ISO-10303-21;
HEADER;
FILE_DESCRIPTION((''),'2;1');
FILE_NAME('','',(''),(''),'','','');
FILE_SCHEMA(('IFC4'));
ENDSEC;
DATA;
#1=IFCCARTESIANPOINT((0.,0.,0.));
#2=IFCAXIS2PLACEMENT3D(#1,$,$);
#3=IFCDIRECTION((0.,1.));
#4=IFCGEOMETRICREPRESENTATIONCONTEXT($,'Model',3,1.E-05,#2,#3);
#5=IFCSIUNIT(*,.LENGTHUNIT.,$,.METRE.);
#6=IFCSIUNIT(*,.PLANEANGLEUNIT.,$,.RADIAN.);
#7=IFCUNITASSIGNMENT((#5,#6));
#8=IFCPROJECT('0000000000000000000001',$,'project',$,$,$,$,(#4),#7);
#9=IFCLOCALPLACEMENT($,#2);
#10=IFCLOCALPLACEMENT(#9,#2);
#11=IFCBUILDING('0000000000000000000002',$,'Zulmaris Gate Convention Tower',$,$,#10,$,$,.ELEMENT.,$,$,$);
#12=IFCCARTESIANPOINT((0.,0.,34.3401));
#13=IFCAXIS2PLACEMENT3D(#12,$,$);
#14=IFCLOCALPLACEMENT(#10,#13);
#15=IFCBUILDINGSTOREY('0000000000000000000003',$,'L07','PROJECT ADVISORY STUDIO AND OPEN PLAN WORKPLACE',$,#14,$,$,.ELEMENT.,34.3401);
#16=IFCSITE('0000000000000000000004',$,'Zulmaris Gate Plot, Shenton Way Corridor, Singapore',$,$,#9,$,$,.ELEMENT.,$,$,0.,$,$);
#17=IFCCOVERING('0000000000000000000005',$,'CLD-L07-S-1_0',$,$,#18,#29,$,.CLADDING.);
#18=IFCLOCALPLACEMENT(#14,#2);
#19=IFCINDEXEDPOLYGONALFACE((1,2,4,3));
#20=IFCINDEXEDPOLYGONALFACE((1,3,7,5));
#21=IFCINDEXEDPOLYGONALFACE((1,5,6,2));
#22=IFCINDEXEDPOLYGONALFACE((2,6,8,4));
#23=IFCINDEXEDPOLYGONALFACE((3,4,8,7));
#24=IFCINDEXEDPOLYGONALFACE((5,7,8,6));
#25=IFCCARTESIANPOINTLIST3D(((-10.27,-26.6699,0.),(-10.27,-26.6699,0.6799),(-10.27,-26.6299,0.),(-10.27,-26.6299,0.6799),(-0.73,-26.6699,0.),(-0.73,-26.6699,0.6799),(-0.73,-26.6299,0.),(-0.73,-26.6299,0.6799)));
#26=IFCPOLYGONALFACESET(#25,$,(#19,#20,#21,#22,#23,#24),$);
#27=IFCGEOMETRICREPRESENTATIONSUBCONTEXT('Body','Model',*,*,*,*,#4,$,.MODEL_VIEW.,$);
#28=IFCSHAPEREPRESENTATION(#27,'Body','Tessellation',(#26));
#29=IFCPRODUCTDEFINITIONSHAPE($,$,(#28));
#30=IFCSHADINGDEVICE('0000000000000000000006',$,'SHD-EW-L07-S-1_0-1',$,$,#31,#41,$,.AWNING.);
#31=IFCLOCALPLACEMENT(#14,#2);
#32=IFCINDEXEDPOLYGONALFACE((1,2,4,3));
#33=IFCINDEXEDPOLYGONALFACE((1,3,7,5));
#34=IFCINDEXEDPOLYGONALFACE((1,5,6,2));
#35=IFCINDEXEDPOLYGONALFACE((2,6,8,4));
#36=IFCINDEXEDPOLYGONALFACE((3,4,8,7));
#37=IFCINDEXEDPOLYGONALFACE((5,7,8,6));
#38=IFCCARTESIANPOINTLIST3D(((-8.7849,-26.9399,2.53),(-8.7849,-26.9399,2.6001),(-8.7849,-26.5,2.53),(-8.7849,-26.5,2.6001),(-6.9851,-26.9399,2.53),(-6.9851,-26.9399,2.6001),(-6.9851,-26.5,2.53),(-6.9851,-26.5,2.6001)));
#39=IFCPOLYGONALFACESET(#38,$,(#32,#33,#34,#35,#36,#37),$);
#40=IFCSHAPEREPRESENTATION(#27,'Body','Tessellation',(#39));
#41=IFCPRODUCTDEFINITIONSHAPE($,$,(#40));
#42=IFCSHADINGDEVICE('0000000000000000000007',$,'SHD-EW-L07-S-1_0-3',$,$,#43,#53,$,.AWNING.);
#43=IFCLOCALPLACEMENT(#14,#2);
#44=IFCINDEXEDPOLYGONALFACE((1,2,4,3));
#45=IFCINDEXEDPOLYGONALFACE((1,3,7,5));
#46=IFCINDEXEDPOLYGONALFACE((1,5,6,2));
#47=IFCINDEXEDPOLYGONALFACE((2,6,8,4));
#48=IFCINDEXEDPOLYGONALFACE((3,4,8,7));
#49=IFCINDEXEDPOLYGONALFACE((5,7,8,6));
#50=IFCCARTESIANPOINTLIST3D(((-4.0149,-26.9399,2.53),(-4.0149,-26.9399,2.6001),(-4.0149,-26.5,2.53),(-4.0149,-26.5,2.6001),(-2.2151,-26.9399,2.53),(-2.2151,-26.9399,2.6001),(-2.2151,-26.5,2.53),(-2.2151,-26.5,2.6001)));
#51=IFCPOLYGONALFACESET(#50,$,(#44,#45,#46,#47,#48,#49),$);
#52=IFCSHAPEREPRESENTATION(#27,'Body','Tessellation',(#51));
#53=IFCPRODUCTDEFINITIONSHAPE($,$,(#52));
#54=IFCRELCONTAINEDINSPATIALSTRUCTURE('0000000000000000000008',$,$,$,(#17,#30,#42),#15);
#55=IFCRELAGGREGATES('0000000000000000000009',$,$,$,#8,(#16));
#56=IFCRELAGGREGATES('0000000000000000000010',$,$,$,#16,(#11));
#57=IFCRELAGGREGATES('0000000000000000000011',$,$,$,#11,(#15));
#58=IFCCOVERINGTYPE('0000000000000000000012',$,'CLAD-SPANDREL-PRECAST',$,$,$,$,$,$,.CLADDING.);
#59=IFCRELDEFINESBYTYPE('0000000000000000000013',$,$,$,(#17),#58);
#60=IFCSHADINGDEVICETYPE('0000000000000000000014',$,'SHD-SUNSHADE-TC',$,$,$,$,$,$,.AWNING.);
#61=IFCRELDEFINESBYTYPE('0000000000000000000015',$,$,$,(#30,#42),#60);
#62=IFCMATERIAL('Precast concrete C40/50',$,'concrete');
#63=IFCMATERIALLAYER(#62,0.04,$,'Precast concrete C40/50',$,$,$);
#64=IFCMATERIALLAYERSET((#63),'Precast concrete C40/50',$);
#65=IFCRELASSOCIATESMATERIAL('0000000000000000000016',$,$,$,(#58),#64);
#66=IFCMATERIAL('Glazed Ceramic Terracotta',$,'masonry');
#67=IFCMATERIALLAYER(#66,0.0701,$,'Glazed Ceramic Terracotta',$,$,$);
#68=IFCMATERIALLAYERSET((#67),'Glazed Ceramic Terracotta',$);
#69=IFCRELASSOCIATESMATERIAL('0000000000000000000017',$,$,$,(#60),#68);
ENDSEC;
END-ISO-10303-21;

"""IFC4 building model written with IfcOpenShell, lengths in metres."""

from ifc_helpers import new_model, si_unit, direction, frame, frame_2d, origin, place, context, subcontext, project, spatial, rectangle, extrude, material, layer, layer_set, type_object, element, save


model = new_model("IFC4")

# Units and contexts
model_context = context("Model", 3, precision=1e-05, world=origin(), true_north=direction((0.0, 1.0)))
body_context = subcontext(model_context, "Body", "Model", "MODEL_VIEW")
ifc_project = project(units=[si_unit("LENGTHUNIT", "METRE"), si_unit("PLANEANGLEUNIT", "RADIAN")], contexts=[model_context])

# Site, building, storey
site_placement = place(None, origin())
site = spatial("IfcSite", under=ifc_project, at=site_placement, Name="Zulmaris Gate Plot, Shenton Way Corridor, Singapore", CompositionType="ELEMENT", RefElevation=0.0)
building_placement = place(site_placement, origin())
building = spatial("IfcBuilding", under=site, at=building_placement, Name="Zulmaris Gate Convention Tower", CompositionType="ELEMENT")
storey_placement = place(building_placement, frame((0.0, 0.0, 34.3401)))
storey = spatial("IfcBuildingStorey", under=building, at=storey_placement, Name="L07", Description="PROJECT ADVISORY STUDIO AND OPEN PLAN WORKPLACE", CompositionType="ELEMENT", Elevation=34.3401)

# Shared definitions
ifc_material_1 = material(Name="Precast concrete C40/50", Category="concrete")

# Covering
ifc_layer_1 = layer(ifc_material_1, 0.04, Name="Precast concrete C40/50")
ifc_layer_set_1 = layer_set([ifc_layer_1], Name="Precast concrete C40/50")
covering_type = type_object("IfcCoveringType", Name="CLAD-SPANDREL-PRECAST", PredefinedType="CLADDING", material=ifc_layer_set_1)
covering_placement = place(storey_placement, frame((-10.27, -26.6499, 0.0), z_axis=(0.0, 0.0, 1.0), x_axis=(1.0, 0.0, 0.0)))
element("IfcCovering", 1, at=covering_placement, inside=storey, type_object=covering_type, Name="CLD-L07-S-1_0", PredefinedType="CLADDING", context=body_context, shape_type="SweptSolid", body=[
    extrude(rectangle(XDim=9.54, YDim=0.04, at=frame_2d((4.77, 0.0))), origin(), (0.0, 0.0, 1.0), 0.6799),
])

# Shading devices
ifc_material_2 = material(Name="Glazed Ceramic Terracotta", Category="masonry")
ifc_layer_2 = layer(ifc_material_2, 0.0701, Name="Glazed Ceramic Terracotta")
ifc_layer_set_2 = layer_set([ifc_layer_2], Name="Glazed Ceramic Terracotta")
shading_device_type = type_object("IfcShadingDeviceType", Name="SHD-SUNSHADE-TC", PredefinedType="AWNING", material=ifc_layer_set_2)
for number, where, z_axis, x_axis, name in (
    (2, (-8.7849, -26.72, 2.53), (0.0, 0.0, 1.0), (1.0, 0.0, 0.0), "SHD-EW-L07-S-1_0-1"),
    (3, (-4.0149, -26.72, 2.53), (0.0, 0.0, 1.0), (1.0, 0.0, 0.0), "SHD-EW-L07-S-1_0-3"),
):
    element("IfcShadingDevice", number, at=place(storey_placement, frame(where, z_axis=z_axis, x_axis=x_axis)), inside=storey, type_object=shading_device_type, Name=name, PredefinedType="AWNING", context=body_context, shape_type="SweptSolid", body=[
        extrude(rectangle(XDim=1.7998, YDim=0.4399, at=frame_2d((0.8999, 0.0))), origin(), (0.0, 0.0, 1.0), 0.0701),
    ])

save(model, "model.ifc")
